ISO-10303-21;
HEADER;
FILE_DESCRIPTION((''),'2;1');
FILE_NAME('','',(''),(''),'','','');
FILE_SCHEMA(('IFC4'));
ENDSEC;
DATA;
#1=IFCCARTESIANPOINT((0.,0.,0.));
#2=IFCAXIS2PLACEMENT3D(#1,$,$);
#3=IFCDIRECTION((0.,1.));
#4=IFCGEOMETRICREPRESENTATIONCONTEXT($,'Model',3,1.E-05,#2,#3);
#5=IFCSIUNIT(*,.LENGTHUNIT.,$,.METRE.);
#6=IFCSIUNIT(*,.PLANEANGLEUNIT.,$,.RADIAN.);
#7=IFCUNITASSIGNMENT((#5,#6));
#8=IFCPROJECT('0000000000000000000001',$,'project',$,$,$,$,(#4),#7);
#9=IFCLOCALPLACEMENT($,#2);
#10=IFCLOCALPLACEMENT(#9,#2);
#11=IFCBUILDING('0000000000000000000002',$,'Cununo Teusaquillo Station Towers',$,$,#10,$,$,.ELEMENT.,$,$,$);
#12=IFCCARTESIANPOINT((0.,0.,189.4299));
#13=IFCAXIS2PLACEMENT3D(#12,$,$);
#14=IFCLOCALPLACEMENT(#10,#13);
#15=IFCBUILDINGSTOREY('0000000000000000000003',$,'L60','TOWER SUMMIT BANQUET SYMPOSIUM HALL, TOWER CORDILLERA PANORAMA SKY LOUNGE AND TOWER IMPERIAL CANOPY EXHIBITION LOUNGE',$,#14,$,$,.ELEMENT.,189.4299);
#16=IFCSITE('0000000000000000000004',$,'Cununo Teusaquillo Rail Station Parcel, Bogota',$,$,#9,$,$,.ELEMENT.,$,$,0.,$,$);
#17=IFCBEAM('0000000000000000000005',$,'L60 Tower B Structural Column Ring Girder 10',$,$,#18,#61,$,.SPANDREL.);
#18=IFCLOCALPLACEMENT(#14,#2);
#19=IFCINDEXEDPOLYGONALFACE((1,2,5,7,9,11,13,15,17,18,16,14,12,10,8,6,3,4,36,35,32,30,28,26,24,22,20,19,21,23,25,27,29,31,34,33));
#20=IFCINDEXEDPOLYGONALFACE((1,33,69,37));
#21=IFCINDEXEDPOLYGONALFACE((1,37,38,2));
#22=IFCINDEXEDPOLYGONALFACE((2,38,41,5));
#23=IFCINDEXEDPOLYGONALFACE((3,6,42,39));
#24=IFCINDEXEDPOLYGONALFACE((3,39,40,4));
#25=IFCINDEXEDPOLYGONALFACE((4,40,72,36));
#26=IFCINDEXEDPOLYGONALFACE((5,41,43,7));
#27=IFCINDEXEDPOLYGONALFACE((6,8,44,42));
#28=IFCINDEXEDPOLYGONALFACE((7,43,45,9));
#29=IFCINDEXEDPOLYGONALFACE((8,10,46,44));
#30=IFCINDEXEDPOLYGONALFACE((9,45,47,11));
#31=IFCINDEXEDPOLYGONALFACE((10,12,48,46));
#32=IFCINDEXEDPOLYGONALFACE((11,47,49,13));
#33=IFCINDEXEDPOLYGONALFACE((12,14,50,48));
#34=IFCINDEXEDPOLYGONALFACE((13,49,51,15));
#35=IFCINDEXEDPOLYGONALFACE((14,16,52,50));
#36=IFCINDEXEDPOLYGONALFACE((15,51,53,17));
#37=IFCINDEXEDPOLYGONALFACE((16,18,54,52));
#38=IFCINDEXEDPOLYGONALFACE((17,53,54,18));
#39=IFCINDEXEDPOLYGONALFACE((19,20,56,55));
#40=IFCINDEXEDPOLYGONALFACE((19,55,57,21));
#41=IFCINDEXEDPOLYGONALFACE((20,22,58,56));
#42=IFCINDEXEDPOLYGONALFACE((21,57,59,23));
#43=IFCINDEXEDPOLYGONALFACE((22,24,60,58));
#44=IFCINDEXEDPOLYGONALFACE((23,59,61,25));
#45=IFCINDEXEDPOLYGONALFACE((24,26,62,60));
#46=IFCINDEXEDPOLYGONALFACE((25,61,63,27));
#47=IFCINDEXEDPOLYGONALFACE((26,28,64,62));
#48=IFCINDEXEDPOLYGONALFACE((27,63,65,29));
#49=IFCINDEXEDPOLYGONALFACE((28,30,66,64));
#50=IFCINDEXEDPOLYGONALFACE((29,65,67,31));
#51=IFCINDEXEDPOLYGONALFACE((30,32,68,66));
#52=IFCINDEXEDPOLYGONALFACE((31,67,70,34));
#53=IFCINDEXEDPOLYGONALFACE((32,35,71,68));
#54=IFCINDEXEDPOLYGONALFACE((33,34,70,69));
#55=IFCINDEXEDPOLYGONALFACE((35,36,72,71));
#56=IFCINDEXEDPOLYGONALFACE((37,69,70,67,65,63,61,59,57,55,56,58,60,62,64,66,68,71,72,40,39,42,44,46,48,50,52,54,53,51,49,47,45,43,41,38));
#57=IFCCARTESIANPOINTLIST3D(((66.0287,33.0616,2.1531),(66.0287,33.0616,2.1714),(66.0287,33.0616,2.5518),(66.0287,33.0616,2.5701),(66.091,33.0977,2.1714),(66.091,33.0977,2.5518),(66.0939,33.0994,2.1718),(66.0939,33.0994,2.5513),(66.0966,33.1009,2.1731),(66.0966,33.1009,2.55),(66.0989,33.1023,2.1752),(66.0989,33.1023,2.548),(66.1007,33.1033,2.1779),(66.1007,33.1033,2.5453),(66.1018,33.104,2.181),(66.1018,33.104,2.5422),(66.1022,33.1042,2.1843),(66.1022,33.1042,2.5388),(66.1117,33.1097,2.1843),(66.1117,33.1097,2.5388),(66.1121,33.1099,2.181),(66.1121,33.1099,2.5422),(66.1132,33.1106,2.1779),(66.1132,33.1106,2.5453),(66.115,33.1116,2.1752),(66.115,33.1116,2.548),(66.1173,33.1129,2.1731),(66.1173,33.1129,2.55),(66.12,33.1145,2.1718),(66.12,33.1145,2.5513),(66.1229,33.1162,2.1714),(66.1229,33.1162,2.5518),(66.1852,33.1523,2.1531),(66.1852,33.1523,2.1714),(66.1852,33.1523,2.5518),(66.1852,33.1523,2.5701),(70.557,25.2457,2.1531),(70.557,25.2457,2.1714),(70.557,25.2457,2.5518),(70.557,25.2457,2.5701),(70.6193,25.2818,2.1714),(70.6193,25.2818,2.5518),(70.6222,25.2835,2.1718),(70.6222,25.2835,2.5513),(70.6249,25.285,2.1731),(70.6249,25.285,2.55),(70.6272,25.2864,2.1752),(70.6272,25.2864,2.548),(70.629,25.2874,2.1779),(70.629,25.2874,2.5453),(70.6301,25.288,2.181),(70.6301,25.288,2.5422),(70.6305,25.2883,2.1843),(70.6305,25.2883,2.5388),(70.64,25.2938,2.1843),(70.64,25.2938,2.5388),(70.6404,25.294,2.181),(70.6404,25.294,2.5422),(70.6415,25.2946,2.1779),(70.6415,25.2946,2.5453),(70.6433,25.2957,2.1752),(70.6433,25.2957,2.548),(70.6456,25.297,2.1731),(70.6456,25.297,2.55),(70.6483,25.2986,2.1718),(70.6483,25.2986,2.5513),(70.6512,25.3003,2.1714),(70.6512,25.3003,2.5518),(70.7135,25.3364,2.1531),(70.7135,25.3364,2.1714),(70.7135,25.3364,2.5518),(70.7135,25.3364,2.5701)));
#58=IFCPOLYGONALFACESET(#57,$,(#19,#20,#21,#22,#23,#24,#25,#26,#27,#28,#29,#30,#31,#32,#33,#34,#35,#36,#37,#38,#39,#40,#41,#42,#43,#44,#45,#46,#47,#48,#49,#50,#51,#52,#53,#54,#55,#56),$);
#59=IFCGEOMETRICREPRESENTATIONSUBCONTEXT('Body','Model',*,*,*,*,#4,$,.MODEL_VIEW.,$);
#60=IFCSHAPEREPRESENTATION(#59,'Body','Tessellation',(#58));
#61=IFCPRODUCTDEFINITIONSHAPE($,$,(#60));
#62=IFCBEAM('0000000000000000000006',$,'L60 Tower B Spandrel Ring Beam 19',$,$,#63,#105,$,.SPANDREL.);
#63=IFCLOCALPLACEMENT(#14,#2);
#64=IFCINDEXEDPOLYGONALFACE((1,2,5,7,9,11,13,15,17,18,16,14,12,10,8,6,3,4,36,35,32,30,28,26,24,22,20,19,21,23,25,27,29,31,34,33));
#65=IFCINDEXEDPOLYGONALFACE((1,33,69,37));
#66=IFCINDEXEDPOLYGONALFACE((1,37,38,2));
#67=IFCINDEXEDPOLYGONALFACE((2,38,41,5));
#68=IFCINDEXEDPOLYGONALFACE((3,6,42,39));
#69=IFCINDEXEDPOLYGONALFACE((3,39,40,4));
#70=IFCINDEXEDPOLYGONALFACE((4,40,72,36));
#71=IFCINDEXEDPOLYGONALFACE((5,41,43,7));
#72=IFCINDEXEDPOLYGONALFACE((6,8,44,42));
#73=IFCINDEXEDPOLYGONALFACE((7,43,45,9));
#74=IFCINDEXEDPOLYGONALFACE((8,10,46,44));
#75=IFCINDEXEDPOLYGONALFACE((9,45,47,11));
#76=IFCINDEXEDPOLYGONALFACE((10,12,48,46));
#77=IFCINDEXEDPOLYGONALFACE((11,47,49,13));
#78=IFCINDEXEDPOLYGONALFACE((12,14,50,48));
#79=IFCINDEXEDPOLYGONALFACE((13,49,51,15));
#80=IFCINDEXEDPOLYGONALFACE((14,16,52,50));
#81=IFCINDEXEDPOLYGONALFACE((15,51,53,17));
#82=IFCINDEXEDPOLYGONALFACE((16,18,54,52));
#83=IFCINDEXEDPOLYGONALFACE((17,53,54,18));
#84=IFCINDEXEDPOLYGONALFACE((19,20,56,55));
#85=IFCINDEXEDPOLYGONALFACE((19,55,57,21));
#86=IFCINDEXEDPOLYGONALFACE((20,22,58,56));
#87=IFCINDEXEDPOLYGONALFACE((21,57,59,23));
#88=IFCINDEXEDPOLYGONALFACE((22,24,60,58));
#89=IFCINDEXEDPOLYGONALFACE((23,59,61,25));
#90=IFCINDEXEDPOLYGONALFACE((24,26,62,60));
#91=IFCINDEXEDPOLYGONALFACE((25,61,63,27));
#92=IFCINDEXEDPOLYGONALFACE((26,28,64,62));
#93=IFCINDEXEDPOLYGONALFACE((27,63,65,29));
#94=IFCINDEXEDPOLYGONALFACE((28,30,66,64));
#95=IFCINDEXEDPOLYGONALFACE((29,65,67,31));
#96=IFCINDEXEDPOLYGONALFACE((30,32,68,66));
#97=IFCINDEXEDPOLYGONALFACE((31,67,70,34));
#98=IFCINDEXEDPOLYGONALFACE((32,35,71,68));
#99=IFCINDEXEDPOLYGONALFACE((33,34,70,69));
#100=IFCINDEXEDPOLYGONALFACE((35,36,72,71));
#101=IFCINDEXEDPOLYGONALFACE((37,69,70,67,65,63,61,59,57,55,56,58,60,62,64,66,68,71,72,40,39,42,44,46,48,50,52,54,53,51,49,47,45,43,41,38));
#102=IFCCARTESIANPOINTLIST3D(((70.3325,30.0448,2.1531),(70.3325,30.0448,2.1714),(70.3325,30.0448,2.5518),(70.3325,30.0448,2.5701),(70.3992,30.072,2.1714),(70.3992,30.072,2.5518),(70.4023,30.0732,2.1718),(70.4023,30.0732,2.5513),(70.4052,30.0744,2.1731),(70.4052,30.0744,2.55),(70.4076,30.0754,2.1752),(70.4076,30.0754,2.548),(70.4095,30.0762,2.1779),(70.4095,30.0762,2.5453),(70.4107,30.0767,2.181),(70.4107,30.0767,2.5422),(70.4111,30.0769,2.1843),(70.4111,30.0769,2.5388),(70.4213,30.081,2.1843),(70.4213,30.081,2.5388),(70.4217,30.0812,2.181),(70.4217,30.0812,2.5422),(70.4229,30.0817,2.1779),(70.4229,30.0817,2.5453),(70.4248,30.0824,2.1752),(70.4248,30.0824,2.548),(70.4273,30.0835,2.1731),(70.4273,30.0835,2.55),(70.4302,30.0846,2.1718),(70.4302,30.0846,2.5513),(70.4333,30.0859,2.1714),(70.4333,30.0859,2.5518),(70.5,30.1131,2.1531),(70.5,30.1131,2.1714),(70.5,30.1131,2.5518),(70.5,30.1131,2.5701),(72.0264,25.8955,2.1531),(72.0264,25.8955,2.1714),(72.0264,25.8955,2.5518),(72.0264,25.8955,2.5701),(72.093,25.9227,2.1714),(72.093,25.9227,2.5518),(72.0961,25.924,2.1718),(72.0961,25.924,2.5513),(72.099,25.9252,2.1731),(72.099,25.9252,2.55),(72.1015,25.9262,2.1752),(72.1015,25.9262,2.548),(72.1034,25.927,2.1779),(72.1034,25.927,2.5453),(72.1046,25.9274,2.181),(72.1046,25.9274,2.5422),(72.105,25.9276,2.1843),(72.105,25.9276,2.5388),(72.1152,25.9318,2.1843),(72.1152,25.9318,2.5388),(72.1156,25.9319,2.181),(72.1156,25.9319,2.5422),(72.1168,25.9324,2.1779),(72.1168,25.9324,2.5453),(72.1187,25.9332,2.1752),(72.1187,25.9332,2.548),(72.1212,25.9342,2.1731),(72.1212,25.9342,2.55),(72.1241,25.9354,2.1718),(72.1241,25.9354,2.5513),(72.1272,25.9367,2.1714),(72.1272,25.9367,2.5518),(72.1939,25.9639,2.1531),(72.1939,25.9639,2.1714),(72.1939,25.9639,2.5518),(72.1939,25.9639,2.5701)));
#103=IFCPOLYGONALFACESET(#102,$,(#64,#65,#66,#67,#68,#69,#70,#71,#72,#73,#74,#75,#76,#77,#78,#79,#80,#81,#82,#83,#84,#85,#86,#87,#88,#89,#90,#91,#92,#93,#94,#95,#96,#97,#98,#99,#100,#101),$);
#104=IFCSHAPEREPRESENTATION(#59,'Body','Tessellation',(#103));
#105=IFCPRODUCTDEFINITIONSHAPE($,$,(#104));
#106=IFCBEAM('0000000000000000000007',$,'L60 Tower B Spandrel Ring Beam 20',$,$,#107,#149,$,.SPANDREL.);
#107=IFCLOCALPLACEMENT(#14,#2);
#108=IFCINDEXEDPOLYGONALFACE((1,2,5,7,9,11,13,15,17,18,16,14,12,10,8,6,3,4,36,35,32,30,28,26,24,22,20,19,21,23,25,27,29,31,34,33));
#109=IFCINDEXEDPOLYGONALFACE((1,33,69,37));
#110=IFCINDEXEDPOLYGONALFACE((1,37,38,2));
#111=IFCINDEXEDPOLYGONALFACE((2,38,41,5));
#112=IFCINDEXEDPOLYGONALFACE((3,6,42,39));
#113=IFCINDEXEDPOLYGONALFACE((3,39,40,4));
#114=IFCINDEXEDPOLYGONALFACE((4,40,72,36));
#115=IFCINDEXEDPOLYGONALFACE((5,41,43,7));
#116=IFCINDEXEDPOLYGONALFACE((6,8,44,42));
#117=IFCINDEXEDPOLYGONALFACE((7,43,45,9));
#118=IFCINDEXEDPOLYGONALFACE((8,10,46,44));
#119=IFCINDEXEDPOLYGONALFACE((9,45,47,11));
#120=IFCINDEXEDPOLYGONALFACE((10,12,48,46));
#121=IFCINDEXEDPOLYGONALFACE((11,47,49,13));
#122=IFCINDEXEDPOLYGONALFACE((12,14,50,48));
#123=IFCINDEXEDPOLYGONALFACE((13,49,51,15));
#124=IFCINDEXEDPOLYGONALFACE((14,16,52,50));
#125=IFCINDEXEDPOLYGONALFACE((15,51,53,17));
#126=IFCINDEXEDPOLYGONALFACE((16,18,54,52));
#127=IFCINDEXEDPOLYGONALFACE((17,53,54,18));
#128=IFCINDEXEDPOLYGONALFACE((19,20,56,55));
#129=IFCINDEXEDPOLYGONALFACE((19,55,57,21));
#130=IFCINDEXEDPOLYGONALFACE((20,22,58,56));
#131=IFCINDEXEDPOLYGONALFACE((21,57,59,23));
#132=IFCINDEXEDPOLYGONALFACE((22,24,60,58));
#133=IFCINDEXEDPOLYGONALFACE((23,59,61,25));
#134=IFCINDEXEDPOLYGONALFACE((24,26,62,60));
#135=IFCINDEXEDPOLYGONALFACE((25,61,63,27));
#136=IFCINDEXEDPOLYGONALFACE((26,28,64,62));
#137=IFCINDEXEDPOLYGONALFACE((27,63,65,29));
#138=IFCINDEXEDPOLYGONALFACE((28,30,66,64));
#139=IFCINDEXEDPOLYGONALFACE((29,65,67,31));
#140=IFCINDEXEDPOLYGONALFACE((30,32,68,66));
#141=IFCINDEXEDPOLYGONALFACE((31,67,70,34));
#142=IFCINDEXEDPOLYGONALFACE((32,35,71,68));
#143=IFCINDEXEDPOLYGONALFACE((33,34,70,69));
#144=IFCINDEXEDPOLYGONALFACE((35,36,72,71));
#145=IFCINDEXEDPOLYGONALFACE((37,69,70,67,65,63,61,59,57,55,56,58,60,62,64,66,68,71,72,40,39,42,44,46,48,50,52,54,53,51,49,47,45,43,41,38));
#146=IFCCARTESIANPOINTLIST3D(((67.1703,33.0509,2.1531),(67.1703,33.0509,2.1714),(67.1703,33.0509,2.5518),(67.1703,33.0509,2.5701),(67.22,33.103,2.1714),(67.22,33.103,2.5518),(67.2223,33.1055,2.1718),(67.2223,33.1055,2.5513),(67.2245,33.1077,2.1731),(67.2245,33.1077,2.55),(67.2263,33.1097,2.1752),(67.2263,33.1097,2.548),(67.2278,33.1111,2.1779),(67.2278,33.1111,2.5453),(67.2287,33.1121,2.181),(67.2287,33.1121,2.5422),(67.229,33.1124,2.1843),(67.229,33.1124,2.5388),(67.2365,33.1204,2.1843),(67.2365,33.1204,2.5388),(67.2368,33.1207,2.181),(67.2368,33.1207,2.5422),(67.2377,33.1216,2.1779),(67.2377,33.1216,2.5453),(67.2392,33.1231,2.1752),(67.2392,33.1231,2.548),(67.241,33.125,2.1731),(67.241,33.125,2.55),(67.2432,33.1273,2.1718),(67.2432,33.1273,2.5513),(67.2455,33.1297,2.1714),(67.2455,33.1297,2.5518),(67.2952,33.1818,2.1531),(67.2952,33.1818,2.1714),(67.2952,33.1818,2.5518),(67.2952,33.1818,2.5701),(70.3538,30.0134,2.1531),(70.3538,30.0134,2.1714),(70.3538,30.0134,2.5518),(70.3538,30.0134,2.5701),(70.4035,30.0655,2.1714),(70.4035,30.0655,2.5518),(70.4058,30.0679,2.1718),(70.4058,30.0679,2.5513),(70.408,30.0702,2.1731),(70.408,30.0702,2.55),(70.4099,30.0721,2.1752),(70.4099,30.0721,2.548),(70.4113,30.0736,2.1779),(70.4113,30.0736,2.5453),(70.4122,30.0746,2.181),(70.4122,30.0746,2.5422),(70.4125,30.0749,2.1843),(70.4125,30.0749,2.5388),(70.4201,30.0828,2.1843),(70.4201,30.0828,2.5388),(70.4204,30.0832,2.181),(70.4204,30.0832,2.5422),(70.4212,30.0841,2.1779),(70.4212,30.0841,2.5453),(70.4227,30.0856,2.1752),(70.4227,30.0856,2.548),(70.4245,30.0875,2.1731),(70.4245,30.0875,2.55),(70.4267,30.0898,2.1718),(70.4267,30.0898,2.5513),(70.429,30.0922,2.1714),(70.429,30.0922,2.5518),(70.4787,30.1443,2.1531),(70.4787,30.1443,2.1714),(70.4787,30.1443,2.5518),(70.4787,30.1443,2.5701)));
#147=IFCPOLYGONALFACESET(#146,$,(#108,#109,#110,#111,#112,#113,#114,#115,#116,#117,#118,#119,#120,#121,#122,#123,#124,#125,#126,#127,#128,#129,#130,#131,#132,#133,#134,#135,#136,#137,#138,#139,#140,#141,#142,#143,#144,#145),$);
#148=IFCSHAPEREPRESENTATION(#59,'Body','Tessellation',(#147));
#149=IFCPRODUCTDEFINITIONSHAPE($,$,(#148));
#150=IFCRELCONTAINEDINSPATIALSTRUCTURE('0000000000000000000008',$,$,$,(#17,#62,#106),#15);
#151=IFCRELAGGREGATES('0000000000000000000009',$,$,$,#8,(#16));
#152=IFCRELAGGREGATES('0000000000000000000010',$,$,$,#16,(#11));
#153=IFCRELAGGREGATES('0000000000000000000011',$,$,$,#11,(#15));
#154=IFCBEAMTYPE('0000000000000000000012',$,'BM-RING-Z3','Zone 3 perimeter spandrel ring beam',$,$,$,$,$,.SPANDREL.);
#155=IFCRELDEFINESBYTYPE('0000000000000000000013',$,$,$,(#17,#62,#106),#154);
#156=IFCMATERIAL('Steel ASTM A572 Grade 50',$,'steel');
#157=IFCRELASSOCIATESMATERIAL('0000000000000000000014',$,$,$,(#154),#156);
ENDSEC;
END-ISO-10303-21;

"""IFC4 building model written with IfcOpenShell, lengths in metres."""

from ifc_helpers import new_model, si_unit, direction, frame, origin, origin_2d, place, context, subcontext, project, spatial, i_section, extrude, material, material_profile, profile_set, type_object, element, save


model = new_model("IFC4")

# Units and contexts
model_context = context("Model", 3, precision=1e-05, world=origin(), true_north=direction((0.0, 1.0)))
body_context = subcontext(model_context, "Body", "Model", "MODEL_VIEW")
ifc_project = project(units=[si_unit("LENGTHUNIT", "METRE"), si_unit("PLANEANGLEUNIT", "RADIAN")], contexts=[model_context])

# Site, building, storey
site_placement = place(None, origin())
site = spatial("IfcSite", under=ifc_project, at=site_placement, Name="Cununo Teusaquillo Rail Station Parcel, Bogota", CompositionType="ELEMENT", RefElevation=0.0)
building_placement = place(site_placement, origin())
building = spatial("IfcBuilding", under=site, at=building_placement, Name="Cununo Teusaquillo Station Towers", CompositionType="ELEMENT")
storey_placement = place(building_placement, frame((0.0, 0.0, 189.4299)))
storey = spatial("IfcBuildingStorey", under=building, at=storey_placement, Name="L60", Description="TOWER SUMMIT BANQUET SYMPOSIUM HALL, TOWER CORDILLERA PANORAMA SKY LOUNGE AND TOWER IMPERIAL CANOPY EXHIBITION LOUNGE", CompositionType="ELEMENT", Elevation=189.4299)

# Beams
ifc_material_1 = material(Name="Steel ASTM A572 Grade 50", Category="steel")
ifc_material_profile_1 = material_profile(ifc_material_1, i_section(OverallWidth=0.1809, OverallDepth=0.417, WebThickness=0.011, FlangeThickness=0.0183, FilletRadius=0.0129, at=origin_2d()), Name="W16X57")
ifc_profile_set_1 = profile_set([ifc_material_profile_1], Name="Steel ASTM A572 Grade 50")
beam_type_1 = type_object("IfcBeamType", Name="BM-RING-Z3", Description="Zone 3 perimeter spandrel ring beam", PredefinedType="SPANDREL", material=ifc_profile_set_1)
beam_1_placement = place(storey_placement, frame((70.6353, 25.291, 2.3616), z_axis=(-0.501311, 0.865267, 0.0), x_axis=(-0.865267, -0.501311, 0.0)))
element("IfcBeam", 1, at=beam_1_placement, inside=storey, type_object=beam_type_1, Name="L60 Tower B Structural Column Ring Girder 10", PredefinedType="SPANDREL", context=body_context, shape_type="SweptSolid", body=[
    extrude(i_section(OverallWidth=0.1809, OverallDepth=0.417, WebThickness=0.011, FlangeThickness=0.0183, FilletRadius=0.0129, at=origin_2d()), origin(), (0.0, 0.0, 1.0), 9.033),
])
beam_2_placement = place(storey_placement, frame((72.1101, 25.9297, 2.3616), z_axis=(-0.377956, 0.925824, 0.0), x_axis=(-0.925824, -0.377956, 0.0)))
element("IfcBeam", 2, at=beam_2_placement, inside=storey, type_object=beam_type_1, Name="L60 Tower B Spandrel Ring Beam 19", PredefinedType="SPANDREL", context=body_context, shape_type="SweptSolid", body=[
    extrude(i_section(OverallWidth=0.1809, OverallDepth=0.417, WebThickness=0.011, FlangeThickness=0.0183, FilletRadius=0.0129, at=origin_2d()), origin(), (0.0, 0.0, 1.0), 4.4817),
])
beam_3_placement = place(storey_placement, frame((70.4163, 30.0789, 2.3616), z_axis=(-0.723502, 0.690323, 0.0), x_axis=(-0.690323, -0.723502, 0.0)))
element("IfcBeam", 3, at=beam_3_placement, inside=storey, type_object=beam_type_1, Name="L60 Tower B Spandrel Ring Beam 20", PredefinedType="SPANDREL", context=body_context, shape_type="SweptSolid", body=[
    extrude(i_section(OverallWidth=0.1809, OverallDepth=0.417, WebThickness=0.011, FlangeThickness=0.0183, FilletRadius=0.0129, at=origin_2d()), origin(), (0.0, 0.0, 1.0), 4.4001),
])

save(model, "model.ifc")
